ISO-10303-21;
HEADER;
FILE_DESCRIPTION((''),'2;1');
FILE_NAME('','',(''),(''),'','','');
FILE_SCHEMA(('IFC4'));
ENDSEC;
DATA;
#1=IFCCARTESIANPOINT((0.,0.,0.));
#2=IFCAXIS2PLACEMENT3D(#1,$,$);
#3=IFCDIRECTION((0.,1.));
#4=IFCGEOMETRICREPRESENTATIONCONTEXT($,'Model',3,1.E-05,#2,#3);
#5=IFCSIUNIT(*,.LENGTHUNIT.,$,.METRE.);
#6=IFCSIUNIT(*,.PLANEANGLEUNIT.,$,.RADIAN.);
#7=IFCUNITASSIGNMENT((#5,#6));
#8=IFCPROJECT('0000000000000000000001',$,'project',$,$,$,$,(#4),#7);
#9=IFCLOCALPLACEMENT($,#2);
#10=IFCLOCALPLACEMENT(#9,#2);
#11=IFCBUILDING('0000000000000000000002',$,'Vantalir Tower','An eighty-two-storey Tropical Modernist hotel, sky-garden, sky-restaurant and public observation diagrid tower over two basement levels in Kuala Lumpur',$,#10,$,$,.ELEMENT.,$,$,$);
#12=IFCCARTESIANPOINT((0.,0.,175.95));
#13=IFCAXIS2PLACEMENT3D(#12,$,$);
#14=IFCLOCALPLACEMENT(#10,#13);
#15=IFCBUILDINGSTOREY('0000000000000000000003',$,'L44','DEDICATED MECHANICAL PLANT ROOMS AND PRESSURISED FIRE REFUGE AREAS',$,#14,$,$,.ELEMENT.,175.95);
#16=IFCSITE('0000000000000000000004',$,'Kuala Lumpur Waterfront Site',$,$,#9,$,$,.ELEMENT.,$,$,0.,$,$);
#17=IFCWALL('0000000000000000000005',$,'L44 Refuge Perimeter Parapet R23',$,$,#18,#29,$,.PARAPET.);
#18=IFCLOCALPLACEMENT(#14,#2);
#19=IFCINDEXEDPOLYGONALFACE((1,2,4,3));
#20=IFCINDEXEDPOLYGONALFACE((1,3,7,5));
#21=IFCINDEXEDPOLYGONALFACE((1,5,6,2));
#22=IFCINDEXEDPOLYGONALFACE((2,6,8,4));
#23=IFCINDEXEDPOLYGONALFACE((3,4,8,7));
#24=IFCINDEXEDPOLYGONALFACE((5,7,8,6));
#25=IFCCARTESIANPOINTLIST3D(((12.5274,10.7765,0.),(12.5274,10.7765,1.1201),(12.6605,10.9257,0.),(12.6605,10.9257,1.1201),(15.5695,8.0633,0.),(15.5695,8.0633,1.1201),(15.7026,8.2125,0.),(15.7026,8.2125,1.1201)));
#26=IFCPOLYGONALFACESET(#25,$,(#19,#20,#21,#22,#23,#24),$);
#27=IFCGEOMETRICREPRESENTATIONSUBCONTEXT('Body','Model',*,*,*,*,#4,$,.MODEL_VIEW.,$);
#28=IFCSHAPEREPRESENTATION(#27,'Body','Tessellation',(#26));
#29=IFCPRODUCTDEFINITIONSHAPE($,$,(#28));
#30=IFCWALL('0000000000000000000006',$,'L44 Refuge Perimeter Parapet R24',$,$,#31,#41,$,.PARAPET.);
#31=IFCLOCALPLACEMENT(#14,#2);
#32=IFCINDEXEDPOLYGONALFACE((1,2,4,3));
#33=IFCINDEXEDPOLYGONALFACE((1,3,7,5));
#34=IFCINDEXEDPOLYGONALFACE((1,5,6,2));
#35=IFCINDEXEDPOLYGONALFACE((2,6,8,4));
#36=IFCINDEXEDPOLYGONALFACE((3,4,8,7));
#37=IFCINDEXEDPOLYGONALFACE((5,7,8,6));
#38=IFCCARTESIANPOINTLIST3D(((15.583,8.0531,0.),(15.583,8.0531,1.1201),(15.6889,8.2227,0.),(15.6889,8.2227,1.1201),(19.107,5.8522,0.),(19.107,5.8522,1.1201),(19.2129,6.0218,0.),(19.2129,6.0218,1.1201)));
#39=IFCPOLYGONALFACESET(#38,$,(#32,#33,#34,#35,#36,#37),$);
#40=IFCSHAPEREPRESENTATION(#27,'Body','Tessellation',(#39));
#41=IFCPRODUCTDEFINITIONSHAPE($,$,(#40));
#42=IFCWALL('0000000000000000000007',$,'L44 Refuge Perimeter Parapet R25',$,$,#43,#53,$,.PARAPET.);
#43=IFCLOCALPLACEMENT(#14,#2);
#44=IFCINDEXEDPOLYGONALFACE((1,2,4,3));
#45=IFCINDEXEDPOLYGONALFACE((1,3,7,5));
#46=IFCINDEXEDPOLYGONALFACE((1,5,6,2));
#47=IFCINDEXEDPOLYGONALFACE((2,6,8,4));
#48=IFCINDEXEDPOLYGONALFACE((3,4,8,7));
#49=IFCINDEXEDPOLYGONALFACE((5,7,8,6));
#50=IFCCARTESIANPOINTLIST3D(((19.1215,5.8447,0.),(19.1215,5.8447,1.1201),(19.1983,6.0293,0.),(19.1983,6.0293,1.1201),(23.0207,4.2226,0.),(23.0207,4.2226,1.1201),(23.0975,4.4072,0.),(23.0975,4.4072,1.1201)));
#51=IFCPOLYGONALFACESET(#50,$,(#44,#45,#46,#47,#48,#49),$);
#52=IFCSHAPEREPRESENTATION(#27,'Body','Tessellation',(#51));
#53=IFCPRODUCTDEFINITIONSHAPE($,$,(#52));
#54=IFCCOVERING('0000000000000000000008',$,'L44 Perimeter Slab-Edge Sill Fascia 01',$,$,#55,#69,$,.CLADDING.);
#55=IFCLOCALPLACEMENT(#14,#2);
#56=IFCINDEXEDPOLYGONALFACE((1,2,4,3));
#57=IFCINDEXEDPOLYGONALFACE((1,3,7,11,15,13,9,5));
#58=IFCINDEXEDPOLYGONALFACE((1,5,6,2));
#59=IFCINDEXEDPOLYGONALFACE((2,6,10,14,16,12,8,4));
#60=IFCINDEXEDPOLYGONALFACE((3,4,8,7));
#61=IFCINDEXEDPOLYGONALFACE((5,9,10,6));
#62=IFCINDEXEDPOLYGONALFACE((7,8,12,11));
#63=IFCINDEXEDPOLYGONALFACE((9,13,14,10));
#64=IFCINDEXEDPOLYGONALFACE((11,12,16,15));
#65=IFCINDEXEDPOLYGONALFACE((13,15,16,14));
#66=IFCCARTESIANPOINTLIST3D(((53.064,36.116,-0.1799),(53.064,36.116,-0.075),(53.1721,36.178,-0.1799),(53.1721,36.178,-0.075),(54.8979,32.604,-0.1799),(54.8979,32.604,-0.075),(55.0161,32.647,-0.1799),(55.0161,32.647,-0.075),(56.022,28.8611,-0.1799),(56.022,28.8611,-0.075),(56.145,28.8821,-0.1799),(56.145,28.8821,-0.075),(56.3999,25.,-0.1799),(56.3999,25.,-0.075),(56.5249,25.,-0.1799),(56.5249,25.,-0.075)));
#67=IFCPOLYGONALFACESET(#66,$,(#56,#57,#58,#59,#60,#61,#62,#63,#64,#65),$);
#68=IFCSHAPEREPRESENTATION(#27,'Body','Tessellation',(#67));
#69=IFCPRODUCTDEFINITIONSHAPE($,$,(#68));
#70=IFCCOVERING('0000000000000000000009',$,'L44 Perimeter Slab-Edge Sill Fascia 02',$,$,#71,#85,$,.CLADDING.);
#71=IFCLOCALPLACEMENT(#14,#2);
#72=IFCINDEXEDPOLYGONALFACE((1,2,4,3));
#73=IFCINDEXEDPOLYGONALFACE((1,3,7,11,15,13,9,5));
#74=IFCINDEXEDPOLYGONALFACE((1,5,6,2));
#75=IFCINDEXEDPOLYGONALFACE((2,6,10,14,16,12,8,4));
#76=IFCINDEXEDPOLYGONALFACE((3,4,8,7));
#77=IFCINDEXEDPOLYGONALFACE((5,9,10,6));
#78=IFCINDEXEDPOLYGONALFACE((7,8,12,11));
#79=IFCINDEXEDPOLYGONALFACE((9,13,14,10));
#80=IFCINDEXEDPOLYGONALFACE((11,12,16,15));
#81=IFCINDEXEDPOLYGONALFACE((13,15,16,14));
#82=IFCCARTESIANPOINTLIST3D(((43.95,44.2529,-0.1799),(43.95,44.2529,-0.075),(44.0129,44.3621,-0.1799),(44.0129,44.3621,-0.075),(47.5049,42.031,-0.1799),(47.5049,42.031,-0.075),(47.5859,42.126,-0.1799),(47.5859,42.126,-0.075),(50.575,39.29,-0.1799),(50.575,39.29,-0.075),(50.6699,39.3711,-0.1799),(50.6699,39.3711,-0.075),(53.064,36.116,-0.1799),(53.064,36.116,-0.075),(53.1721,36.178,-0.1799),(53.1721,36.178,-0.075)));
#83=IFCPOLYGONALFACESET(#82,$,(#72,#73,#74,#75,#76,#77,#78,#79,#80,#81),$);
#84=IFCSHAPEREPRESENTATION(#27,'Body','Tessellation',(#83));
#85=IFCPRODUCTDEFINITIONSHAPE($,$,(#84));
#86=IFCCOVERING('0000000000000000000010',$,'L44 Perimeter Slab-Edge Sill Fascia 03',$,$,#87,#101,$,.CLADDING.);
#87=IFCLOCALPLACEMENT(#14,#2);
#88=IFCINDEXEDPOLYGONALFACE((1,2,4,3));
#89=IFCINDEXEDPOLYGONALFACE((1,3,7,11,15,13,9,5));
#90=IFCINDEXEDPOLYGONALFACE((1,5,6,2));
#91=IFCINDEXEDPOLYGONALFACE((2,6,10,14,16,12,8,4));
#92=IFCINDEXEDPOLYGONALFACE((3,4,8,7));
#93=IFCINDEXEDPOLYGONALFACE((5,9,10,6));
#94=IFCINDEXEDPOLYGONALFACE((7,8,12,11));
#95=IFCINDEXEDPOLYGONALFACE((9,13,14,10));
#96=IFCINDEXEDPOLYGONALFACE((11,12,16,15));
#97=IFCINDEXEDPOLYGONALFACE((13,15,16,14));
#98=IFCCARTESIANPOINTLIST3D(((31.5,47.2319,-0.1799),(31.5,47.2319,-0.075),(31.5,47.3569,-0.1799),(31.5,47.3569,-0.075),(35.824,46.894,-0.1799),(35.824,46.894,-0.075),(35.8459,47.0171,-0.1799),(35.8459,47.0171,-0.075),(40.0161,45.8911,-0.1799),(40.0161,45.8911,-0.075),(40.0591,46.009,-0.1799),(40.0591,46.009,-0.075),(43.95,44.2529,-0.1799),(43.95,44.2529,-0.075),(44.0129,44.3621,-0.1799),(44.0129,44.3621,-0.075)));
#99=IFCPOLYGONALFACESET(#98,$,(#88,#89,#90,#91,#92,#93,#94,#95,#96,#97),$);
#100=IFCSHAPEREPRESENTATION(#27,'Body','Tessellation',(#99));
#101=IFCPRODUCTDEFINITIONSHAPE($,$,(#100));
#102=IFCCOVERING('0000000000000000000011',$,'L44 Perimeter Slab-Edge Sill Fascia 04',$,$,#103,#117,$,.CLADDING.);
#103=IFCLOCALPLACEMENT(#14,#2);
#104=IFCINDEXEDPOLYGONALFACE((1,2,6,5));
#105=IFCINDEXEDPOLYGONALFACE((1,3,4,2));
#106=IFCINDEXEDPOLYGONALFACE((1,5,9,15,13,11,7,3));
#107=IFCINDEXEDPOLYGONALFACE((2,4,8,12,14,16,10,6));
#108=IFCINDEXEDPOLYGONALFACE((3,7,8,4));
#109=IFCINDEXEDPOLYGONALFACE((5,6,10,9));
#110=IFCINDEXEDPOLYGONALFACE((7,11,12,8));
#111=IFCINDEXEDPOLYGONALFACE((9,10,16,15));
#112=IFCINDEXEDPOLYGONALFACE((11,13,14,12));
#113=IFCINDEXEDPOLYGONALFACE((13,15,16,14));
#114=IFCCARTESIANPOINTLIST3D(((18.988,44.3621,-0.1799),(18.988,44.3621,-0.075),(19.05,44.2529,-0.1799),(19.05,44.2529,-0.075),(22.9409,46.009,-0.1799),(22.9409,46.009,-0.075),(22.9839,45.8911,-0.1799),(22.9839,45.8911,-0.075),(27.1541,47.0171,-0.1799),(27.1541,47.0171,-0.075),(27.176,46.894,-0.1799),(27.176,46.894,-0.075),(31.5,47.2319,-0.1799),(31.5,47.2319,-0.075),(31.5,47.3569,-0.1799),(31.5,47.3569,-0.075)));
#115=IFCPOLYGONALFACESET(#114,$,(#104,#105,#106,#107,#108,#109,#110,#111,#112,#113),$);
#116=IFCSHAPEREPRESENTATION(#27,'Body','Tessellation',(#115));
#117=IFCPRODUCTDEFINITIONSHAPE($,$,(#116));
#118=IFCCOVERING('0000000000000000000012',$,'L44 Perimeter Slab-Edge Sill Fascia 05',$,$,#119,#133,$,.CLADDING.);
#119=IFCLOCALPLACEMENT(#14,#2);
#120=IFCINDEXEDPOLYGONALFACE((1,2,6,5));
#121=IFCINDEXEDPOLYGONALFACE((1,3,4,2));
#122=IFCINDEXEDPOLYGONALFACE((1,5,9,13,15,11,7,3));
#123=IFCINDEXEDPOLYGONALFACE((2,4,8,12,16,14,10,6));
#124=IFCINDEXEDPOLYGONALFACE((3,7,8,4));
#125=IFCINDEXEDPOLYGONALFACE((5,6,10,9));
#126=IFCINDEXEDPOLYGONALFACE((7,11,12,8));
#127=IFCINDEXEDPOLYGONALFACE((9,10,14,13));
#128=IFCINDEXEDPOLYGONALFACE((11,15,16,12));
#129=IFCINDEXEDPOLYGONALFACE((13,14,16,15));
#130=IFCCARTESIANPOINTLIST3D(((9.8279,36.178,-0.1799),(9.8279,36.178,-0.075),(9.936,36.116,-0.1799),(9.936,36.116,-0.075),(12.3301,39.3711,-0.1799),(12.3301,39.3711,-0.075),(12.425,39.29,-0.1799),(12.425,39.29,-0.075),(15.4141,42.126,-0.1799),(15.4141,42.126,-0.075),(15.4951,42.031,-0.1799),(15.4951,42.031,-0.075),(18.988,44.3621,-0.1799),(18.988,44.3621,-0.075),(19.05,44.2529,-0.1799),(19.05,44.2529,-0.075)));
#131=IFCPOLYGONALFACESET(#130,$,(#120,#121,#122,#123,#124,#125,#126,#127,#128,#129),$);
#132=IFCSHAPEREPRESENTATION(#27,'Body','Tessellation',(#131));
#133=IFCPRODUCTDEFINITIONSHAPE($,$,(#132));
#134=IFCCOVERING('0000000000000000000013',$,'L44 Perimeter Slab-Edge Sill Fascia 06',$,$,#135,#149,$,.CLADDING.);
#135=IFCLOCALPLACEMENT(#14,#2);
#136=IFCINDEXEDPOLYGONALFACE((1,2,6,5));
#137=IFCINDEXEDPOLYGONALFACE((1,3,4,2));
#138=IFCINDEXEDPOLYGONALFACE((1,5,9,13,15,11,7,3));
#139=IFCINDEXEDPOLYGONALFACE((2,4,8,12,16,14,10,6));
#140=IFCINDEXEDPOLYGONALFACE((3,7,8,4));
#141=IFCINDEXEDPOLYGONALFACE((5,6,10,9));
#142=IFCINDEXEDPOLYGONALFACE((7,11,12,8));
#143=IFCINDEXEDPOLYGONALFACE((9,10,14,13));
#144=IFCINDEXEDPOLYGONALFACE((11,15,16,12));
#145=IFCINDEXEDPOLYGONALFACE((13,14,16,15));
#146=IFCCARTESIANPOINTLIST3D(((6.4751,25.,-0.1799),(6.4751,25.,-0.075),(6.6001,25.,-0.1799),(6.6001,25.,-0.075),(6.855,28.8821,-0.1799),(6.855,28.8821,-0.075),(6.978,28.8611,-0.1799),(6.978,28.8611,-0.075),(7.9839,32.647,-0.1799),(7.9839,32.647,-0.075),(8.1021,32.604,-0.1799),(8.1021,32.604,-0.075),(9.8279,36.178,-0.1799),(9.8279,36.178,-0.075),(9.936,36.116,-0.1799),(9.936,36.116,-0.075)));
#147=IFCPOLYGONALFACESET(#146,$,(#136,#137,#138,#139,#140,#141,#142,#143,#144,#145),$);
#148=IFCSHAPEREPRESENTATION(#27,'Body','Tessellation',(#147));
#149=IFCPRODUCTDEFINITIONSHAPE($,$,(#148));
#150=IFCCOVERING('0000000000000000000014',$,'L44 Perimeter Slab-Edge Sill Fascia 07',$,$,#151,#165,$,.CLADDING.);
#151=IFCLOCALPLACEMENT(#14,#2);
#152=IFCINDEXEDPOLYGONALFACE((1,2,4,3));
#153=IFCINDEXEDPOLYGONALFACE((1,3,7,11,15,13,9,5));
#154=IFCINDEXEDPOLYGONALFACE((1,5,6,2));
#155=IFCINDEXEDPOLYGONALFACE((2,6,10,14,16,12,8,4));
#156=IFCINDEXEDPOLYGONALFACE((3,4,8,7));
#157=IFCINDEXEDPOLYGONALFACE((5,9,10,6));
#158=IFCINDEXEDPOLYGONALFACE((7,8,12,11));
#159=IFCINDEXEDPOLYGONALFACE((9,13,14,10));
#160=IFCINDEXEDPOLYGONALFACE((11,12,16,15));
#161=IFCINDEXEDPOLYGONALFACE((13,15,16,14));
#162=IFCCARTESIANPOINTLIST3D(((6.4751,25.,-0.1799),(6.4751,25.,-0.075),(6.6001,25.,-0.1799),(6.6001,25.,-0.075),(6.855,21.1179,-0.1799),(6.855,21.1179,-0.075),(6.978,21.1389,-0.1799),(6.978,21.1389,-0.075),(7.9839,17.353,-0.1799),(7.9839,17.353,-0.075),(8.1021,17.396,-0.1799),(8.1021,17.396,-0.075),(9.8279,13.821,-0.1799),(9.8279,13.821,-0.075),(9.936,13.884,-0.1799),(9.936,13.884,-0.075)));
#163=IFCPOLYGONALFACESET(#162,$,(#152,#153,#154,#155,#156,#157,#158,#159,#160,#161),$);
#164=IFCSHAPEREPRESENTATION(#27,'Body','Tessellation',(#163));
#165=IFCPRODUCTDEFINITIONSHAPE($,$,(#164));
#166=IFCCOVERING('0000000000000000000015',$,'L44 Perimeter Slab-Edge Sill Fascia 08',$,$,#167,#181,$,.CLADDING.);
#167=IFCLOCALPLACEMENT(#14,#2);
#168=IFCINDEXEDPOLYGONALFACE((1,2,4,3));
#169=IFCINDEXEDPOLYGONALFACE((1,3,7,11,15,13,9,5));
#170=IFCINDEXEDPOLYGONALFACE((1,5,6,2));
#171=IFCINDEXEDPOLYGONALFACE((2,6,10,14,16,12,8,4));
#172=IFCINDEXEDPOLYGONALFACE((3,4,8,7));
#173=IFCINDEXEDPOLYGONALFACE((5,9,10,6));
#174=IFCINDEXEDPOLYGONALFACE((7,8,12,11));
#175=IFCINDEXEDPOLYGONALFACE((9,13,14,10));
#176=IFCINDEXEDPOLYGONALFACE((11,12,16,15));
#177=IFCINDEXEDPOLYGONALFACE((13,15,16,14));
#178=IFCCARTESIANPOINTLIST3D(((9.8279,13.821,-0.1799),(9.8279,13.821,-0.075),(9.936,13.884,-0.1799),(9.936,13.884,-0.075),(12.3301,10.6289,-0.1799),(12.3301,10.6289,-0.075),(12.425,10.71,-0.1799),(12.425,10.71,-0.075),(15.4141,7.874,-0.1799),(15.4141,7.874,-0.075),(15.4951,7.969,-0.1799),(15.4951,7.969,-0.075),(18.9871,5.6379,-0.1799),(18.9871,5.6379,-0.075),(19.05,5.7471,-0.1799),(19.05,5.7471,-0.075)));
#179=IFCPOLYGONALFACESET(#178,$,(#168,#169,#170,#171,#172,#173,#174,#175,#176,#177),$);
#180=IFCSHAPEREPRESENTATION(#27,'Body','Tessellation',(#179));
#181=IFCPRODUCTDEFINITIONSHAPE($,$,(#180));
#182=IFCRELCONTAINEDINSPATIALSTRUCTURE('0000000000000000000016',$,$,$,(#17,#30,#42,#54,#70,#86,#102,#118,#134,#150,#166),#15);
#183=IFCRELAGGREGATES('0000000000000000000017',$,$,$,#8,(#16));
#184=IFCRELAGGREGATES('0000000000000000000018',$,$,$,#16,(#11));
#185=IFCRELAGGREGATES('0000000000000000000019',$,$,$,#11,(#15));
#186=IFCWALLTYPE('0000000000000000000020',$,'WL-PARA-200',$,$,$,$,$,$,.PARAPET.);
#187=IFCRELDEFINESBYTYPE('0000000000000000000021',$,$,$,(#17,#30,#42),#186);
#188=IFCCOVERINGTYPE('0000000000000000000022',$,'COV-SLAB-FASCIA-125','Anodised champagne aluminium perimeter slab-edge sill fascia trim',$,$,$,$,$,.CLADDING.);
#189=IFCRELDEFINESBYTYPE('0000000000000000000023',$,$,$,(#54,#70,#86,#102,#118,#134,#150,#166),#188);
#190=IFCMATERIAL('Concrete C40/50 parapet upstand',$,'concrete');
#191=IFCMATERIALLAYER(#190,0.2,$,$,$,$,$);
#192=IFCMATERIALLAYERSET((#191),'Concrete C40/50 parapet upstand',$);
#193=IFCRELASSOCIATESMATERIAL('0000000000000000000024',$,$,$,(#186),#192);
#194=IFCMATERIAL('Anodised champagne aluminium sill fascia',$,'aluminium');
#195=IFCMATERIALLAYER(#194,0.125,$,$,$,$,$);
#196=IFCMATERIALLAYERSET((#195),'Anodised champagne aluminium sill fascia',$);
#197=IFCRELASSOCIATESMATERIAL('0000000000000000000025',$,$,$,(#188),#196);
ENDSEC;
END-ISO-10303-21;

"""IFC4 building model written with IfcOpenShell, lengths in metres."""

from ifc_helpers import new_model, si_unit, direction, frame, frame_2d, origin, place, context, subcontext, project, spatial, polyline, rectangle, outline, extrude, material, layer, layer_set, type_object, element, save


model = new_model("IFC4")

# Units and contexts
model_context = context("Model", 3, precision=1e-05, world=origin(), true_north=direction((0.0, 1.0)))
body_context = subcontext(model_context, "Body", "Model", "MODEL_VIEW")
ifc_project = project(units=[si_unit("LENGTHUNIT", "METRE"), si_unit("PLANEANGLEUNIT", "RADIAN")], contexts=[model_context])

# Site, building, storey
site_placement = place(None, origin())
site = spatial("IfcSite", under=ifc_project, at=site_placement, Name="Kuala Lumpur Waterfront Site", CompositionType="ELEMENT", RefElevation=0.0)
building_placement = place(site_placement, origin())
building = spatial("IfcBuilding", under=site, at=building_placement, Name="Vantalir Tower", Description="An eighty-two-storey Tropical Modernist hotel, sky-garden, sky-restaurant and public observation diagrid tower over two basement levels in Kuala Lumpur", CompositionType="ELEMENT")
storey_placement = place(building_placement, frame((0.0, 0.0, 175.95)))
storey = spatial("IfcBuildingStorey", under=building, at=storey_placement, Name="L44", Description="DEDICATED MECHANICAL PLANT ROOMS AND PRESSURISED FIRE REFUGE AREAS", CompositionType="ELEMENT", Elevation=175.95)

# Walls
ifc_material_1 = material(Name="Concrete C40/50 parapet upstand", Category="concrete")
ifc_layer_1 = layer(ifc_material_1, 0.2)
ifc_layer_set_1 = layer_set([ifc_layer_1], Name="Concrete C40/50 parapet upstand")
wall_type = type_object("IfcWallType", Name="WL-PARA-200", PredefinedType="PARAPET", material=ifc_layer_set_1)
wall_1_placement = place(storey_placement, frame((12.594, 10.8511, 0.0), z_axis=(0.0, 0.0, 1.0), x_axis=(0.746295, -0.665616, 0.0)))
element("IfcWall", 1, at=wall_1_placement, inside=storey, type_object=wall_type, Name="L44 Refuge Perimeter Parapet R23", PredefinedType="PARAPET", context=body_context, shape_type="SweptSolid", body=[
    extrude(rectangle(XDim=4.0762, YDim=0.2, at=frame_2d((2.0381, 0.0))), origin(), (0.0, 0.0, 1.0), 1.1201),
])
wall_2_placement = place(storey_placement, frame((15.636, 8.1379, 0.0), z_axis=(0.0, 0.0, 1.0), x_axis=(0.848163, -0.529735, 0.0)))
element("IfcWall", 2, at=wall_2_placement, inside=storey, type_object=wall_type, Name="L44 Refuge Perimeter Parapet R24", PredefinedType="PARAPET", context=body_context, shape_type="SweptSolid", body=[
    extrude(rectangle(XDim=4.1548, YDim=0.2, at=frame_2d((2.0774, 0.0))), origin(), (0.0, 0.0, 1.0), 1.1201),
])
wall_3_placement = place(storey_placement, frame((19.1599, 5.937, 0.0), z_axis=(0.0, 0.0, 1.0), x_axis=(0.923294, -0.384094, 0.0)))
element("IfcWall", 3, at=wall_3_placement, inside=storey, type_object=wall_type, Name="L44 Refuge Perimeter Parapet R25", PredefinedType="PARAPET", context=body_context, shape_type="SweptSolid", body=[
    extrude(rectangle(XDim=4.2231, YDim=0.2, at=frame_2d((2.1116, 0.0))), origin(), (0.0, 0.0, 1.0), 1.1201),
])

# Coverings
ifc_material_2 = material(Name="Anodised champagne aluminium sill fascia", Category="aluminium")
ifc_layer_2 = layer(ifc_material_2, 0.125)
ifc_layer_set_2 = layer_set([ifc_layer_2], Name="Anodised champagne aluminium sill fascia")
covering_type_1 = type_object("IfcCoveringType", Name="COV-SLAB-FASCIA-125", Description="Anodised champagne aluminium perimeter slab-edge sill fascia trim", PredefinedType="CLADDING", material=ifc_layer_set_2)
covering_1_placement = place(storey_placement, frame((0.0, 0.0, -0.1799)))
element("IfcCovering", 4, at=covering_1_placement, inside=storey, type_object=covering_type_1, Name="L44 Perimeter Slab-Edge Sill Fascia 01", PredefinedType="CLADDING", context=body_context, shape_type="SweptSolid", body=[
    extrude(outline(polyline([(56.5249, 25.0), (56.145, 28.8821), (55.0161, 32.647), (53.1721, 36.178), (53.064, 36.116), (54.8979, 32.604), (56.022, 28.8611), (56.3999, 25.0), (56.5249, 25.0)])), origin(), (0.0, 0.0, 1.0), 0.105),
])
covering_2_placement = place(storey_placement, frame((0.0, 0.0, -0.1799)))
element("IfcCovering", 5, at=covering_2_placement, inside=storey, type_object=covering_type_1, Name="L44 Perimeter Slab-Edge Sill Fascia 02", PredefinedType="CLADDING", context=body_context, shape_type="SweptSolid", body=[
    extrude(outline(polyline([(53.1721, 36.178), (50.6699, 39.3711), (47.5859, 42.126), (44.0129, 44.3621), (43.95, 44.2529), (47.5049, 42.031), (50.575, 39.29), (53.064, 36.116), (53.1721, 36.178)])), origin(), (0.0, 0.0, 1.0), 0.105),
])
covering_3_placement = place(storey_placement, frame((0.0, 0.0, -0.1799)))
element("IfcCovering", 6, at=covering_3_placement, inside=storey, type_object=covering_type_1, Name="L44 Perimeter Slab-Edge Sill Fascia 03", PredefinedType="CLADDING", context=body_context, shape_type="SweptSolid", body=[
    extrude(outline(polyline([(44.0129, 44.3621), (40.0591, 46.009), (35.8459, 47.0171), (31.5, 47.3569), (31.5, 47.2319), (35.824, 46.894), (40.0161, 45.8911), (43.95, 44.2529), (44.0129, 44.3621)])), origin(), (0.0, 0.0, 1.0), 0.105),
])
covering_4_placement = place(storey_placement, frame((0.0, 0.0, -0.1799)))
element("IfcCovering", 7, at=covering_4_placement, inside=storey, type_object=covering_type_1, Name="L44 Perimeter Slab-Edge Sill Fascia 04", PredefinedType="CLADDING", context=body_context, shape_type="SweptSolid", body=[
    extrude(outline(polyline([(31.5, 47.3569), (27.1541, 47.0171), (22.9409, 46.009), (18.988, 44.3621), (19.05, 44.2529), (22.9839, 45.8911), (27.176, 46.894), (31.5, 47.2319), (31.5, 47.3569)])), origin(), (0.0, 0.0, 1.0), 0.105),
])
covering_5_placement = place(storey_placement, frame((0.0, 0.0, -0.1799)))
element("IfcCovering", 8, at=covering_5_placement, inside=storey, type_object=covering_type_1, Name="L44 Perimeter Slab-Edge Sill Fascia 05", PredefinedType="CLADDING", context=body_context, shape_type="SweptSolid", body=[
    extrude(outline(polyline([(18.988, 44.3621), (15.4141, 42.126), (12.3301, 39.3711), (9.8279, 36.178), (9.936, 36.116), (12.425, 39.29), (15.4951, 42.031), (19.05, 44.2529), (18.988, 44.3621)])), origin(), (0.0, 0.0, 1.0), 0.105),
])
covering_6_placement = place(storey_placement, frame((0.0, 0.0, -0.1799)))
element("IfcCovering", 9, at=covering_6_placement, inside=storey, type_object=covering_type_1, Name="L44 Perimeter Slab-Edge Sill Fascia 06", PredefinedType="CLADDING", context=body_context, shape_type="SweptSolid", body=[
    extrude(outline(polyline([(9.8279, 36.178), (7.9839, 32.647), (6.855, 28.8821), (6.4751, 25.0), (6.6001, 25.0), (6.978, 28.8611), (8.1021, 32.604), (9.936, 36.116), (9.8279, 36.178)])), origin(), (0.0, 0.0, 1.0), 0.105),
])
covering_7_placement = place(storey_placement, frame((0.0, 0.0, -0.1799)))
element("IfcCovering", 10, at=covering_7_placement, inside=storey, type_object=covering_type_1, Name="L44 Perimeter Slab-Edge Sill Fascia 07", PredefinedType="CLADDING", context=body_context, shape_type="SweptSolid", body=[
    extrude(outline(polyline([(6.4751, 25.0), (6.855, 21.1179), (7.9839, 17.353), (9.8279, 13.821), (9.936, 13.884), (8.1021, 17.396), (6.978, 21.1389), (6.6001, 25.0), (6.4751, 25.0)])), origin(), (0.0, 0.0, 1.0), 0.105),
])
covering_8_placement = place(storey_placement, frame((0.0, 0.0, -0.1799)))
element("IfcCovering", 11, at=covering_8_placement, inside=storey, type_object=covering_type_1, Name="L44 Perimeter Slab-Edge Sill Fascia 08", PredefinedType="CLADDING", context=body_context, shape_type="SweptSolid", body=[
    extrude(outline(polyline([(9.8279, 13.821), (12.3301, 10.6289), (15.4141, 7.874), (18.9871, 5.6379), (19.05, 5.7471), (15.4951, 7.969), (12.425, 10.71), (9.936, 13.884), (9.8279, 13.821)])), origin(), (0.0, 0.0, 1.0), 0.105),
])

save(model, "model.ifc")
